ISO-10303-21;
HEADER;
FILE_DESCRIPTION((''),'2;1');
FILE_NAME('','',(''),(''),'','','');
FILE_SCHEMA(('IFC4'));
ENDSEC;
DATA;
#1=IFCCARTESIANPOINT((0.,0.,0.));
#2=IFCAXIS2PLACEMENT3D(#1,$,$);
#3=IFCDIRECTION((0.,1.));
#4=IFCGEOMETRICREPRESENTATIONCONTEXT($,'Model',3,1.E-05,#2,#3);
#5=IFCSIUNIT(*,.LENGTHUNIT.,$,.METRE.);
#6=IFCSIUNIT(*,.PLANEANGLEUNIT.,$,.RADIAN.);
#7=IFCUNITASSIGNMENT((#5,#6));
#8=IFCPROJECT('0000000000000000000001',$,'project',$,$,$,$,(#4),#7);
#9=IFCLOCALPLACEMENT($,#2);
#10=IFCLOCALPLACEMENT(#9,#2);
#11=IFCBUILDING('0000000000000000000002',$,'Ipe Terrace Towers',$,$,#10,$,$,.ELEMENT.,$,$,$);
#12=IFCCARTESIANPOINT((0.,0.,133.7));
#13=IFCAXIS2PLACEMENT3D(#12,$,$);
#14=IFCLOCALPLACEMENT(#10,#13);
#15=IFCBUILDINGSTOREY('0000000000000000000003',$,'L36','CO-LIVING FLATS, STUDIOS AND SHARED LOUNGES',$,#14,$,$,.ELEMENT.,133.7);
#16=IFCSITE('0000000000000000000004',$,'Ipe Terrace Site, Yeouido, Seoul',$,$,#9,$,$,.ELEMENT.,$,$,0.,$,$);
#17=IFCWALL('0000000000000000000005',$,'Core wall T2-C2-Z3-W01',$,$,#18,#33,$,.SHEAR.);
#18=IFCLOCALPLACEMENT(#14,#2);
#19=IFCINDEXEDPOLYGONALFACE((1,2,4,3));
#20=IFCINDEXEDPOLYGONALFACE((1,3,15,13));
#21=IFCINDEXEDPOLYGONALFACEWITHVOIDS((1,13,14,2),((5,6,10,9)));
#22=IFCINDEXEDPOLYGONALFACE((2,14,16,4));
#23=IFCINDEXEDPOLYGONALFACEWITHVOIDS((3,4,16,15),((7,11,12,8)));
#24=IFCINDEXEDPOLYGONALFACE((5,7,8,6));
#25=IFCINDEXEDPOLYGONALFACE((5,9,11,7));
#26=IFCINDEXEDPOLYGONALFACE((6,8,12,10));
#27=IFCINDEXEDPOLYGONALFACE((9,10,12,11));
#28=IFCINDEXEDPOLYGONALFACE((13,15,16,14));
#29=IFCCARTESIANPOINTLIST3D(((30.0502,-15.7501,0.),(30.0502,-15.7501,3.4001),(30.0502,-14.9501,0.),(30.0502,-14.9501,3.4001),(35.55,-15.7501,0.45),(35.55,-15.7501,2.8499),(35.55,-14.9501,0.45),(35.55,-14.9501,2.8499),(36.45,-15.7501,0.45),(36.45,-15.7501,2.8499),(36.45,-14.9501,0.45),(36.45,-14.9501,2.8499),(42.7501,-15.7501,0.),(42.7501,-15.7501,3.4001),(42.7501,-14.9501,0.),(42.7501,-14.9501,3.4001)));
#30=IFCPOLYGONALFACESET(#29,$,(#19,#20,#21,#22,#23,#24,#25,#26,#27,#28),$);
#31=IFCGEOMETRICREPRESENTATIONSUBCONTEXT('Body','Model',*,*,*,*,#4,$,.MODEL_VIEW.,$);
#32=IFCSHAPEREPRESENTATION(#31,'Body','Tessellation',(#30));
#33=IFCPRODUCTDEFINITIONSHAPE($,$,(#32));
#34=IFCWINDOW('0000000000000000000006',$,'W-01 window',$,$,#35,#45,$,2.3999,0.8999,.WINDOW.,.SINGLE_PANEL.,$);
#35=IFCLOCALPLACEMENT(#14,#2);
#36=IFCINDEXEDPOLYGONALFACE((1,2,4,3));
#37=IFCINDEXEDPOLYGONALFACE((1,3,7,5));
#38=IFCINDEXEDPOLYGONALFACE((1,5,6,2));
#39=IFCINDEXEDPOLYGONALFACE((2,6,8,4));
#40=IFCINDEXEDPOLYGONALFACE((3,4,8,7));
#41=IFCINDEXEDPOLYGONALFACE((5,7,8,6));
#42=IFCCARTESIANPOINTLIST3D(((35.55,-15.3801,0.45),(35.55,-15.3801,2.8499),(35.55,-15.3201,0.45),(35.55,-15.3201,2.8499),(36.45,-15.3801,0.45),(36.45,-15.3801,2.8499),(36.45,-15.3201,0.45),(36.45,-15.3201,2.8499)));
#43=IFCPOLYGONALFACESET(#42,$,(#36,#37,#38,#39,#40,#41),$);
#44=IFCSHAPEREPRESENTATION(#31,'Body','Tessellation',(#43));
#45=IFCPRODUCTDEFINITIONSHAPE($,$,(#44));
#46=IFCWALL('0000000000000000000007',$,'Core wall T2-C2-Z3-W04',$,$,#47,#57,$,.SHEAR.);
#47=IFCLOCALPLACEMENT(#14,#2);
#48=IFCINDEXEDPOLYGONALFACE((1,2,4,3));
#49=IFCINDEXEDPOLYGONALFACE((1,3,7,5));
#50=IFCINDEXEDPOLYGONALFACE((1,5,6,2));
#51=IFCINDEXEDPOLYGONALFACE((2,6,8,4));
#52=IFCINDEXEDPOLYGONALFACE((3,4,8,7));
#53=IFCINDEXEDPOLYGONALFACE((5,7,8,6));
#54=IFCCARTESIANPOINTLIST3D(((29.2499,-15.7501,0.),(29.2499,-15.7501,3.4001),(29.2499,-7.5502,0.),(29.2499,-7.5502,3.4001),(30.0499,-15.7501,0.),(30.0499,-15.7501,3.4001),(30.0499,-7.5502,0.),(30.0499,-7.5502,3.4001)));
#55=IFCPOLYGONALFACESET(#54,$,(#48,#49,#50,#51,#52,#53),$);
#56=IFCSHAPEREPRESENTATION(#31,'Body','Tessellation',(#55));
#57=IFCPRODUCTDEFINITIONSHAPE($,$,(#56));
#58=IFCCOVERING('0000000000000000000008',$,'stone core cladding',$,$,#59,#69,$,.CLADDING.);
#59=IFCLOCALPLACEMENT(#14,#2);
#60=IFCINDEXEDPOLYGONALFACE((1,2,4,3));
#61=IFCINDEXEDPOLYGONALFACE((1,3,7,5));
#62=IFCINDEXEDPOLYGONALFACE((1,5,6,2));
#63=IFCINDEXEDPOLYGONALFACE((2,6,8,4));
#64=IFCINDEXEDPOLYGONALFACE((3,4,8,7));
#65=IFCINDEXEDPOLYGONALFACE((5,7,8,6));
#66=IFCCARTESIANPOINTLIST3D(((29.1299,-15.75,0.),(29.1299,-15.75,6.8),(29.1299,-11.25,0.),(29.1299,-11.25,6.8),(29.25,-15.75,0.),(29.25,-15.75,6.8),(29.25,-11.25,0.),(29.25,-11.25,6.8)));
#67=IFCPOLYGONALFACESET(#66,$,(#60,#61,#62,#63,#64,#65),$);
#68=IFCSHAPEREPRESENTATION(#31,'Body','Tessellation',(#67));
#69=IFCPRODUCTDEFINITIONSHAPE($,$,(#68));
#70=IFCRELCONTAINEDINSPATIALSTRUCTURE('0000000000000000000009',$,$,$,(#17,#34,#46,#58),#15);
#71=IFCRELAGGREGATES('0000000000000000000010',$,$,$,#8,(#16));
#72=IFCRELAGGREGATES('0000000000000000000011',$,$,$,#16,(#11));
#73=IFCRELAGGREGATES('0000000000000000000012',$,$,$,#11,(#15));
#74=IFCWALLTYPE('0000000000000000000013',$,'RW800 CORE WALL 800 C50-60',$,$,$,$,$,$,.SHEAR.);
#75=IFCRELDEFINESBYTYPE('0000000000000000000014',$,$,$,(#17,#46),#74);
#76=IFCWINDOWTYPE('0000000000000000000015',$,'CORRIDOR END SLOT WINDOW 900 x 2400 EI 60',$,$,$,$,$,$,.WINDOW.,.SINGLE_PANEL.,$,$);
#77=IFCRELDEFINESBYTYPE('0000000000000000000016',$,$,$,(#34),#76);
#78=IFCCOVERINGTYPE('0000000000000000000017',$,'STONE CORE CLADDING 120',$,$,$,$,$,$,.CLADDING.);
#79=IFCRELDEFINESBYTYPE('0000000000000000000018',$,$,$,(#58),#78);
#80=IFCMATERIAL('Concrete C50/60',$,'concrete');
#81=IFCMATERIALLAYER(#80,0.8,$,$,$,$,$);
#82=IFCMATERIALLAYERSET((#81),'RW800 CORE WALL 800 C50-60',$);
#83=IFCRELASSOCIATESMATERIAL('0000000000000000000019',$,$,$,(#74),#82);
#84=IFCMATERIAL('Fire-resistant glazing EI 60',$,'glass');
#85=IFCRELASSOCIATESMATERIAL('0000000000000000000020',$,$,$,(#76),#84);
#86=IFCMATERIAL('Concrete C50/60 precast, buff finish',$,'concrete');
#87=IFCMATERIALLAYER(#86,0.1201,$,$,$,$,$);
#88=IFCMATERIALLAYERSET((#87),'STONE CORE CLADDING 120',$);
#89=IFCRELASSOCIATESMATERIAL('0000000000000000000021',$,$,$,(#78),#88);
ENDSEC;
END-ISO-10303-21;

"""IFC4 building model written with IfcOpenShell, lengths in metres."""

from ifc_helpers import new_model, si_unit, direction, frame, frame_2d, origin, origin_2d, place, context, subcontext, project, spatial, rectangle, extrude, material, layer, layer_set, type_object, element, fill, save


model = new_model("IFC4")

# Units and contexts
model_context = context("Model", 3, precision=1e-05, world=origin(), true_north=direction((0.0, 1.0)))
body_context = subcontext(model_context, "Body", "Model", "MODEL_VIEW")
ifc_project = project(units=[si_unit("LENGTHUNIT", "METRE"), si_unit("PLANEANGLEUNIT", "RADIAN")], contexts=[model_context])

# Site, building, storey
site_placement = place(None, origin())
site = spatial("IfcSite", under=ifc_project, at=site_placement, Name="Ipe Terrace Site, Yeouido, Seoul", CompositionType="ELEMENT", RefElevation=0.0)
building_placement = place(site_placement, origin())
building = spatial("IfcBuilding", under=site, at=building_placement, Name="Ipe Terrace Towers", CompositionType="ELEMENT")
storey_placement = place(building_placement, frame((0.0, 0.0, 133.7)))
storey = spatial("IfcBuildingStorey", under=building, at=storey_placement, Name="L36", Description="CO-LIVING FLATS, STUDIOS AND SHARED LOUNGES", CompositionType="ELEMENT", Elevation=133.7)

# Wall, opening, window
ifc_material_1 = material(Name="Concrete C50/60", Category="concrete")
ifc_layer_1 = layer(ifc_material_1, 0.8)
ifc_layer_set_1 = layer_set([ifc_layer_1], Name="RW800 CORE WALL 800 C50-60")
wall_type_1 = type_object("IfcWallType", Name="RW800 CORE WALL 800 C50-60", PredefinedType="SHEAR", material=ifc_layer_set_1)
wall_1_placement = place(storey_placement, frame((30.05, -15.3501, 0.0), z_axis=(0.0, 0.0, 1.0), x_axis=(1.0, 0.0, 0.0)))
wall_1 = element("IfcWall", 1, at=wall_1_placement, inside=storey, type_object=wall_type_1, Name="Core wall T2-C2-Z3-W01", PredefinedType="SHEAR", context=body_context, shape_type="SweptSolid", body=[
    extrude(rectangle(XDim=12.7, YDim=0.8, at=frame_2d((6.3501, 0.0))), origin(), (0.0, 0.0, 1.0), 3.4001),
])
opening_1_placement = place(wall_1_placement, frame((5.5, 0.0, 0.45)))
opening_1 = element("IfcOpeningElement", 2, at=opening_1_placement, cuts=wall_1, PredefinedType="OPENING", context=body_context, shape_type="SweptSolid", body=[
    extrude(rectangle(XDim=0.8999, YDim=2.3999, at=frame_2d((0.45, 1.2))), frame((0.0, 0.4102, 0.0), z_axis=(0.0, -1.0, 0.0), x_axis=(1.0, 0.0, 0.0)), (0.0, 0.0, 1.0), 0.8201),
])
ifc_material_2 = material(Name="Fire-resistant glazing EI 60", Category="glass")
window_type = type_object("IfcWindowType", Name="CORRIDOR END SLOT WINDOW 900 x 2400 EI 60", PartitioningType="SINGLE_PANEL", PredefinedType="WINDOW", material=ifc_material_2)
window_placement = place(opening_1_placement, origin())
window = element("IfcWindow", 3, at=window_placement, inside=storey, type_object=window_type, Name="W-01 window", OverallHeight=2.3999, OverallWidth=0.8999, PartitioningType="SINGLE_PANEL", PredefinedType="WINDOW", context=body_context, shape_type="SweptSolid", body=[
    extrude(rectangle(XDim=0.8999, YDim=2.3999, at=frame_2d((0.45, 1.2))), frame((0.0, 0.03, 0.0), z_axis=(0.0, -1.0, 0.0), x_axis=(1.0, 0.0, 0.0)), (0.0, 0.0, 1.0), 0.0601),
])
fill(opening_1, window)

# Wall
wall_2_placement = place(storey_placement, frame((29.6499, -7.55, 0.0), z_axis=(0.0, 0.0, 1.0), x_axis=(0.0, -1.0, 0.0)))
element("IfcWall", 4, at=wall_2_placement, inside=storey, type_object=wall_type_1, Name="Core wall T2-C2-Z3-W04", PredefinedType="SHEAR", context=body_context, shape_type="SweptSolid", body=[
    extrude(rectangle(XDim=8.2, YDim=0.8, at=frame_2d((4.1001, 0.0))), origin(), (0.0, 0.0, 1.0), 3.4001),
])

# Covering
ifc_material_3 = material(Name="Concrete C50/60 precast, buff finish", Category="concrete")
ifc_layer_2 = layer(ifc_material_3, 0.1201)
ifc_layer_set_2 = layer_set([ifc_layer_2], Name="STONE CORE CLADDING 120")
covering_type = type_object("IfcCoveringType", Name="STONE CORE CLADDING 120", PredefinedType="CLADDING", material=ifc_layer_set_2)
covering_placement = place(storey_placement, frame((29.1899, -13.5, 0.0), z_axis=(0.0, 0.0, 1.0), x_axis=(0.0, -1.0, 0.0)))
element("IfcCovering", 5, at=covering_placement, inside=storey, type_object=covering_type, Name="stone core cladding", PredefinedType="CLADDING", context=body_context, shape_type="SweptSolid", body=[
    extrude(rectangle(XDim=4.5, YDim=0.1201, at=origin_2d()), origin(), (0.0, 0.0, 1.0), 6.8),
])

save(model, "model.ifc")
